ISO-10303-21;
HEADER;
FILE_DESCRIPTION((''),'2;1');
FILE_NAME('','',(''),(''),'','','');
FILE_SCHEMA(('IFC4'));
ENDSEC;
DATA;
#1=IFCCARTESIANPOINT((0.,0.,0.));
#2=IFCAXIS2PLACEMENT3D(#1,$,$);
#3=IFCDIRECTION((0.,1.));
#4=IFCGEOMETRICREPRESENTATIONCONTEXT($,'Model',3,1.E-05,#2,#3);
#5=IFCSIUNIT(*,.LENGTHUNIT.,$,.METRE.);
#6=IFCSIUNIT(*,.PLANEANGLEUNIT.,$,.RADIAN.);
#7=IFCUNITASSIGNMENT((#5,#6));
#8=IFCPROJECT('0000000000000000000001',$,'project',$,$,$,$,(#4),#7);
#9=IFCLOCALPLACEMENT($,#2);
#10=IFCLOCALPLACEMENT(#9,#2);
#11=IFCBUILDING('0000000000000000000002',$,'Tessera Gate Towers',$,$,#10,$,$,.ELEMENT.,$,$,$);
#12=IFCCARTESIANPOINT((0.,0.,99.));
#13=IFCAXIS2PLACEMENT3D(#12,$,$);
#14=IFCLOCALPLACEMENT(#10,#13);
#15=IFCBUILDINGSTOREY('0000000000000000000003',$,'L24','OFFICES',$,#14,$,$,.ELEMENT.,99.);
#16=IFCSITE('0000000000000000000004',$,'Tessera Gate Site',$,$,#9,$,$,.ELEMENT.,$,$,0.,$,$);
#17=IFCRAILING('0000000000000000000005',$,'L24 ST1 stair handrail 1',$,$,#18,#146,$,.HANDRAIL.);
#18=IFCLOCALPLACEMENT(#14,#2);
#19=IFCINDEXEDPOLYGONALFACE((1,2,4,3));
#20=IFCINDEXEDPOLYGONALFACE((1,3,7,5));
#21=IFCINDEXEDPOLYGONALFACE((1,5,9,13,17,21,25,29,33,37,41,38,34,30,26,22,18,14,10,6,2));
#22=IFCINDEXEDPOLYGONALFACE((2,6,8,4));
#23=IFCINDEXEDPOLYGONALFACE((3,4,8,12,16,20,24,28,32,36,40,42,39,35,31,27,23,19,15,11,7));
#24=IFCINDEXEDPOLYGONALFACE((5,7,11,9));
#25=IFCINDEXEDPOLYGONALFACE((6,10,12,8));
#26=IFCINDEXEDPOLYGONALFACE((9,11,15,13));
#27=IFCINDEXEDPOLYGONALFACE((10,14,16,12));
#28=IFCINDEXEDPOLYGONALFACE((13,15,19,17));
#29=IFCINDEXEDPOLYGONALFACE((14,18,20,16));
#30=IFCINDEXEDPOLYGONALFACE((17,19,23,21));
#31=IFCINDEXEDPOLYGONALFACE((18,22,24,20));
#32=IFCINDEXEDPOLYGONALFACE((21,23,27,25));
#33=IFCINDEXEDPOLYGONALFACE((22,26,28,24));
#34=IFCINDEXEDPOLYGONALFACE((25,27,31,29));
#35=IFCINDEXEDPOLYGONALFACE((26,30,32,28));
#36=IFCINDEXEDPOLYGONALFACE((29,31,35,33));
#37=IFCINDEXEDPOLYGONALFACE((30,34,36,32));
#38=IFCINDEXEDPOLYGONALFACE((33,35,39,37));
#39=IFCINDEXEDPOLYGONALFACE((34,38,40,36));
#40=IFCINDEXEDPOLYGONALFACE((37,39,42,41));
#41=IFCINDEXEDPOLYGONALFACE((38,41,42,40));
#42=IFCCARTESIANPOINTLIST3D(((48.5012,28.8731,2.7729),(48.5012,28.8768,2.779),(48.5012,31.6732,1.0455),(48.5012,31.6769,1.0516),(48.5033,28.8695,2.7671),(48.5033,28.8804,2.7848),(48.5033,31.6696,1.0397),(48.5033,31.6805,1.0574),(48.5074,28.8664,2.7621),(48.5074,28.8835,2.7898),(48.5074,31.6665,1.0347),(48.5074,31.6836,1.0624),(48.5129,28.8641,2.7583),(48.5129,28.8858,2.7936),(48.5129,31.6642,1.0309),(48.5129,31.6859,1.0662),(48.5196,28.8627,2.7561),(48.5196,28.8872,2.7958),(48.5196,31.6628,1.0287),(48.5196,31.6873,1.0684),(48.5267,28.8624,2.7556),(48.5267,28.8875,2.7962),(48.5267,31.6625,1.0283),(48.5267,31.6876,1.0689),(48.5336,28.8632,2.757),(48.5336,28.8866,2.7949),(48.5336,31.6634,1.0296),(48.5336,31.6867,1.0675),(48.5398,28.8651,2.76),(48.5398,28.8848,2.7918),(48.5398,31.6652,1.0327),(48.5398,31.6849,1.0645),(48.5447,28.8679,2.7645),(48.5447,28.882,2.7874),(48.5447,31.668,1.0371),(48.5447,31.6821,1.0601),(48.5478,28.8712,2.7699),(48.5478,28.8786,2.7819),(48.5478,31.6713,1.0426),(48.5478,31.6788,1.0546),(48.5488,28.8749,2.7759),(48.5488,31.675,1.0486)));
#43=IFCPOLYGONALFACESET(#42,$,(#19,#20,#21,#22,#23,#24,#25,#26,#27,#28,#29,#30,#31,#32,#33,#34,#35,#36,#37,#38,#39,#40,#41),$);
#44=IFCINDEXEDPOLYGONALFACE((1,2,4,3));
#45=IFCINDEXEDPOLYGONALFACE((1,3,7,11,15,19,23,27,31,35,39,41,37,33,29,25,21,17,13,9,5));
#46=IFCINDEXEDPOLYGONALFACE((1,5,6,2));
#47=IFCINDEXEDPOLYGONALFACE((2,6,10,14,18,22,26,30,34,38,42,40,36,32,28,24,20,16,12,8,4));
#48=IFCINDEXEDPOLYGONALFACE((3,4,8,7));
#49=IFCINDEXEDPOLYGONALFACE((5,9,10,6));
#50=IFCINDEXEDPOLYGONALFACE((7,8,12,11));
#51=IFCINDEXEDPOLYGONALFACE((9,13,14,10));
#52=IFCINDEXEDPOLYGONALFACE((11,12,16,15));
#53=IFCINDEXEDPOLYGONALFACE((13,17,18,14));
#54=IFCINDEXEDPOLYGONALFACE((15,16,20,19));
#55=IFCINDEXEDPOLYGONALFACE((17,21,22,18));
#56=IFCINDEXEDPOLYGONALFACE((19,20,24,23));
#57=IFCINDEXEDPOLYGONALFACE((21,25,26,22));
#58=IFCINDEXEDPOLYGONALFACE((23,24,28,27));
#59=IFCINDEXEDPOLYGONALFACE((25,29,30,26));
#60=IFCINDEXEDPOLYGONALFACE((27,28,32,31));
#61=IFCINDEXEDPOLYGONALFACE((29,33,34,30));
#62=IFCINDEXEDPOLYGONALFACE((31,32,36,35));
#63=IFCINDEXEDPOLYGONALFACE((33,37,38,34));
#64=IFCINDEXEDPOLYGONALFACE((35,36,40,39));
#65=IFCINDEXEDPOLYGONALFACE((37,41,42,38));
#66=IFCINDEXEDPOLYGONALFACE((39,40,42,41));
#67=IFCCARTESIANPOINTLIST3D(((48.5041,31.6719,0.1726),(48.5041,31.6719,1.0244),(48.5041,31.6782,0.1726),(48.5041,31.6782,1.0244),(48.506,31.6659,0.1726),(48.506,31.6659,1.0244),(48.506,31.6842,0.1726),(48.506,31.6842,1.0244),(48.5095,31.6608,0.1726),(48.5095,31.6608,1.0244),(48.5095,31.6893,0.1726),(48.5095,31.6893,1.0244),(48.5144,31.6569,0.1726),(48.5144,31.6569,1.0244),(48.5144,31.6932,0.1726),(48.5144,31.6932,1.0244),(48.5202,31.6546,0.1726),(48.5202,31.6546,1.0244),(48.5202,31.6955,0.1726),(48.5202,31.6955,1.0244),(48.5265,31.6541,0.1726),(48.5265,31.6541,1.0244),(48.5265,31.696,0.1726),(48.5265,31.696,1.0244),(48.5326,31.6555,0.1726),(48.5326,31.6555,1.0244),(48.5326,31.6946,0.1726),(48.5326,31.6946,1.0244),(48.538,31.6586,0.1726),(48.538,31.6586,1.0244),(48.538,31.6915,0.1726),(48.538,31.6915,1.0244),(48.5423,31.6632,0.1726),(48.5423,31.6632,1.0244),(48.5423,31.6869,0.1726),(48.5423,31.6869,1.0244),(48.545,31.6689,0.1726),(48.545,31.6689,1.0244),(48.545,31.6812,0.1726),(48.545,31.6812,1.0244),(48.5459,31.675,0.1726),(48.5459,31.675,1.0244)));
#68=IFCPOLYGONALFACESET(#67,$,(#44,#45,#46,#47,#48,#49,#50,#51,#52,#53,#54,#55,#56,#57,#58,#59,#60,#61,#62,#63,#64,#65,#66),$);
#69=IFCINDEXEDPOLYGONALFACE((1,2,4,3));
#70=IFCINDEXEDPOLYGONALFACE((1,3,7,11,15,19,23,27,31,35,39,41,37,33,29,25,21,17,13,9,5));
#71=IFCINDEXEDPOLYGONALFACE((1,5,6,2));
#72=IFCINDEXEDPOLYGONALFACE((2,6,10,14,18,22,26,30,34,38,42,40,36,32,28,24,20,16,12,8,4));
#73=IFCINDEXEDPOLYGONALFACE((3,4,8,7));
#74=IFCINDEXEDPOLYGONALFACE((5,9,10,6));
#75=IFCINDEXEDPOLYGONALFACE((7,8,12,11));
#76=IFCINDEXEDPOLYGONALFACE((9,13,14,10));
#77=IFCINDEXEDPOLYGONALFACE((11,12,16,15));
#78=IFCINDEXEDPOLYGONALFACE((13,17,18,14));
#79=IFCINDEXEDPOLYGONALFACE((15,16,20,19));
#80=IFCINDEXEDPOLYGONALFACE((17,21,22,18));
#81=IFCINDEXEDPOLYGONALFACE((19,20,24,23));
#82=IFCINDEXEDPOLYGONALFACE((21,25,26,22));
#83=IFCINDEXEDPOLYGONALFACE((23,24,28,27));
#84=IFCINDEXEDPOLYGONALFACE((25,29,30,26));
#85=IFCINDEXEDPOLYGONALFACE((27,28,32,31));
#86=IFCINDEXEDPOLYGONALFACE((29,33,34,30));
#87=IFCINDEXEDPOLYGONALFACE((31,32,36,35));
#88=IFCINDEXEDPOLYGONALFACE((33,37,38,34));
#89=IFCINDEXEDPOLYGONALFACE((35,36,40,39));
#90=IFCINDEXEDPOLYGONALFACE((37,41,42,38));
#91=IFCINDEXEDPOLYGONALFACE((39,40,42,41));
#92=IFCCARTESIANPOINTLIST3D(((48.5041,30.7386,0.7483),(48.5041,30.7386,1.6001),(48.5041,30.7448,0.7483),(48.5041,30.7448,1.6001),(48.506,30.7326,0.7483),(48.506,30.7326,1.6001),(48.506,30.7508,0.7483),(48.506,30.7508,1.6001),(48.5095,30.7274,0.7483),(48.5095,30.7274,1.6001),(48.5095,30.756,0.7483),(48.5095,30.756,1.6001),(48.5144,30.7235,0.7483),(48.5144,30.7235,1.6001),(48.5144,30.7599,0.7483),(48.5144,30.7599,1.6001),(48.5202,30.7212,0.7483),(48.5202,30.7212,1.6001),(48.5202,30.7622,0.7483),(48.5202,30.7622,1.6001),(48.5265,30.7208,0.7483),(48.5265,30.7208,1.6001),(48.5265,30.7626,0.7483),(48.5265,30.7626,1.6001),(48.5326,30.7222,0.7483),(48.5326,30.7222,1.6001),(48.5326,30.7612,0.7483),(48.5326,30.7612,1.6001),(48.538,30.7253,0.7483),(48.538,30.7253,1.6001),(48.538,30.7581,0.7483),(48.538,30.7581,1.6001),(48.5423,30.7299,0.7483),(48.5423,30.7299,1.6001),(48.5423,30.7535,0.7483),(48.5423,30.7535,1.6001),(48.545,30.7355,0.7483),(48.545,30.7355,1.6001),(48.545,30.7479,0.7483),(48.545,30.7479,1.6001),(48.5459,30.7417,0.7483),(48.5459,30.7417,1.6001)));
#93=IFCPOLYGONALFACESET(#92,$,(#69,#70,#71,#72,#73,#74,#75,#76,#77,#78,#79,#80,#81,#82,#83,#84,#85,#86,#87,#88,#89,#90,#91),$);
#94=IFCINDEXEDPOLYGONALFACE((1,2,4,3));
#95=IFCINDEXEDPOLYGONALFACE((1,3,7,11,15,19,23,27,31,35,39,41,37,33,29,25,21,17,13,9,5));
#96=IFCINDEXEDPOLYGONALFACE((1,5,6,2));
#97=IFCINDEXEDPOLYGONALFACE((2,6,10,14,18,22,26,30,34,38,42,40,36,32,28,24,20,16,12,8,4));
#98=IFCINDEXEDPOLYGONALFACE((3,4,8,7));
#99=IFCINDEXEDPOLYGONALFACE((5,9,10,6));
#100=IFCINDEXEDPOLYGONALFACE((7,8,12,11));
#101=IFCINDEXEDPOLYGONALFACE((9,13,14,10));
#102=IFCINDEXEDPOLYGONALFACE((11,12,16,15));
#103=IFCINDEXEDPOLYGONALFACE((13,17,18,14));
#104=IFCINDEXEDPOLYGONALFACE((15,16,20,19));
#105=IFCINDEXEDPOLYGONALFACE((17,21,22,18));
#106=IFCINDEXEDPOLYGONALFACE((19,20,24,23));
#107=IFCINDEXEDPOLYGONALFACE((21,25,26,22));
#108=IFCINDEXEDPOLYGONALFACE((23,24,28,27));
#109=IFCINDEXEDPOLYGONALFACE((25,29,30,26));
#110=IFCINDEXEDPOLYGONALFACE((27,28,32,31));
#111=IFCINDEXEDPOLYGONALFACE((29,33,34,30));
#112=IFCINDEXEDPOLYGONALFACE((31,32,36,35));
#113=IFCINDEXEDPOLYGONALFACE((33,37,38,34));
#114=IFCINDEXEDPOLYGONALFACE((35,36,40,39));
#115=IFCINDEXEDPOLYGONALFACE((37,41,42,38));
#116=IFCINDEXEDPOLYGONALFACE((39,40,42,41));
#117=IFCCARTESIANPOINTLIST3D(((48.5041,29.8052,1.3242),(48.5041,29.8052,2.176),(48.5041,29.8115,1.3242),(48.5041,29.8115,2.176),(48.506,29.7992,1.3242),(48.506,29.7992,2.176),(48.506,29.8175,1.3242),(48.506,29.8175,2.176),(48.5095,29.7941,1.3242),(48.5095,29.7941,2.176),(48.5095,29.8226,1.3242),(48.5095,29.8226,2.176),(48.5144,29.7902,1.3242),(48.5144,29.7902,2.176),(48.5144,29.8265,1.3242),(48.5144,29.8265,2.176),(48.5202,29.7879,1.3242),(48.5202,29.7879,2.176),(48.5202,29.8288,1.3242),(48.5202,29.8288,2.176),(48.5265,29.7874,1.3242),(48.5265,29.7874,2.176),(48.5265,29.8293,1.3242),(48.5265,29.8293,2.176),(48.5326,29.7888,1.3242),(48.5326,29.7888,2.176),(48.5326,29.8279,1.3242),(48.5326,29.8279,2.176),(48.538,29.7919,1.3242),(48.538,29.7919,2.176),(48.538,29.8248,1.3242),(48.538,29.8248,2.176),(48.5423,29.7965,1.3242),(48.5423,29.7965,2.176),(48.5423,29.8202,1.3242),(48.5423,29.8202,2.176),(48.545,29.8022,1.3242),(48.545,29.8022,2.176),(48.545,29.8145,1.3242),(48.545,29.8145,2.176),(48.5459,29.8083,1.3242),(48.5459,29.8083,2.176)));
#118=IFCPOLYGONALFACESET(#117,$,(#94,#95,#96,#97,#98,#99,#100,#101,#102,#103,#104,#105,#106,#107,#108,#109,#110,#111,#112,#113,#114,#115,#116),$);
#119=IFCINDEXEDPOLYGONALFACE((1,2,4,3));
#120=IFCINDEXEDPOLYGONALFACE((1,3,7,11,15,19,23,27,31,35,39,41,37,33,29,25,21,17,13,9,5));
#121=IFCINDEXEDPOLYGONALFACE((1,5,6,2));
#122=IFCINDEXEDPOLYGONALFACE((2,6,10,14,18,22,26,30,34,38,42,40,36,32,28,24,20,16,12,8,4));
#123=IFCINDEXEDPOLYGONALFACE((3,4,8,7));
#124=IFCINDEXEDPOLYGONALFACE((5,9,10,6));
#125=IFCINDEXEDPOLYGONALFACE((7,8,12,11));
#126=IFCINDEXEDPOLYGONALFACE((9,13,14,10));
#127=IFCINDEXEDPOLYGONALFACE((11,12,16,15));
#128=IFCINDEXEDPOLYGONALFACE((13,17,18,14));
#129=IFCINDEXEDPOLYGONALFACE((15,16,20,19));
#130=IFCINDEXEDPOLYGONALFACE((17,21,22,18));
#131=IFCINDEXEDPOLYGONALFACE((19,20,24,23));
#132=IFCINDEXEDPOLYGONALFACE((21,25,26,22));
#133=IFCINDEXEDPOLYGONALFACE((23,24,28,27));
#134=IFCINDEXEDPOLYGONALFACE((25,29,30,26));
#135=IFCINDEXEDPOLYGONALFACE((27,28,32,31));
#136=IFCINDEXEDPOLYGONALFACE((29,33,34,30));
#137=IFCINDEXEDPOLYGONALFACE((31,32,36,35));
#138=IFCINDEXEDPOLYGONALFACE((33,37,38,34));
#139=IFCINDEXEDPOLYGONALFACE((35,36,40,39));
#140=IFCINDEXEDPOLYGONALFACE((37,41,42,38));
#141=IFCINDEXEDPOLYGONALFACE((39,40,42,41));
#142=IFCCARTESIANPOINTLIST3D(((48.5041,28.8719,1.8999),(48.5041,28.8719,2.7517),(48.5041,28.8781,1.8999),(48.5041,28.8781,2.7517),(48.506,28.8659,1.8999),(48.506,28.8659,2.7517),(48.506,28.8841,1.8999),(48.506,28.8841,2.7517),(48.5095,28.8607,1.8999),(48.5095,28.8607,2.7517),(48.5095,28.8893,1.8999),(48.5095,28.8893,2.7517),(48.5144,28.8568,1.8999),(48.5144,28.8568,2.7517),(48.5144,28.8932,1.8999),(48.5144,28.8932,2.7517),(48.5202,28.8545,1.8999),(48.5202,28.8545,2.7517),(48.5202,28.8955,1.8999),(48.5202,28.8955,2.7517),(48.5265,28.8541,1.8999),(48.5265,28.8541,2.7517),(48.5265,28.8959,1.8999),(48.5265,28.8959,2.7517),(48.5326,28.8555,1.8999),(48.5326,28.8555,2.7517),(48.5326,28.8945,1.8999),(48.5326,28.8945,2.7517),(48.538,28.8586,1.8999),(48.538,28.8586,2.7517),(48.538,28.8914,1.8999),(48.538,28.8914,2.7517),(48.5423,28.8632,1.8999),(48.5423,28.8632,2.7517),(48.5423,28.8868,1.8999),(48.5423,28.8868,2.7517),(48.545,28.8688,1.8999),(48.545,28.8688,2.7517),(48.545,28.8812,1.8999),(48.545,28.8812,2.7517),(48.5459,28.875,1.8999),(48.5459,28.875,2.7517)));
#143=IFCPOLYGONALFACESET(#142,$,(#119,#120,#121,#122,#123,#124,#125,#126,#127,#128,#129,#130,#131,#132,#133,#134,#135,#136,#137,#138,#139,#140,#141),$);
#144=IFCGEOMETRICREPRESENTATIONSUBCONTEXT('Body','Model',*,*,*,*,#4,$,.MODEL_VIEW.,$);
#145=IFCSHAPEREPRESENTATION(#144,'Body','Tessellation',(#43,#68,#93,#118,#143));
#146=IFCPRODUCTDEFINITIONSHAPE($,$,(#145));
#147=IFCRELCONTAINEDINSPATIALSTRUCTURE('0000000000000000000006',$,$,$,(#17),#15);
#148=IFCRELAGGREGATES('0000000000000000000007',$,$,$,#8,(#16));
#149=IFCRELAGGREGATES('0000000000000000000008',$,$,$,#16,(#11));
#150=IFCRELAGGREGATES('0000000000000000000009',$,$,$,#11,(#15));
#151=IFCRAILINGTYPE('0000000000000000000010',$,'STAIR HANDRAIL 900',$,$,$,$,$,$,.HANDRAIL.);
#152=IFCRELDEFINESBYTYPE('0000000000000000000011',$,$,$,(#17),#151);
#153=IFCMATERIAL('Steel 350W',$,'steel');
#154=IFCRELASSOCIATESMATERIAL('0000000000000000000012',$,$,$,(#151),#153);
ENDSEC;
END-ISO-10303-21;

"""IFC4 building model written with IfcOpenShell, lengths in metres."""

from ifc_helpers import new_model, si_unit, direction, frame, origin, origin_2d, place, context, subcontext, project, spatial, circle, extrude, material, type_object, element, save


model = new_model("IFC4")

# Units and contexts
model_context = context("Model", 3, precision=1e-05, world=origin(), true_north=direction((0.0, 1.0)))
body_context = subcontext(model_context, "Body", "Model", "MODEL_VIEW")
ifc_project = project(units=[si_unit("LENGTHUNIT", "METRE"), si_unit("PLANEANGLEUNIT", "RADIAN")], contexts=[model_context])

# Site, building, storey
site_placement = place(None, origin())
site = spatial("IfcSite", under=ifc_project, at=site_placement, Name="Tessera Gate Site", CompositionType="ELEMENT", RefElevation=0.0)
building_placement = place(site_placement, origin())
building = spatial("IfcBuilding", under=site, at=building_placement, Name="Tessera Gate Towers", CompositionType="ELEMENT")
storey_placement = place(building_placement, frame((0.0, 0.0, 99.0)))
storey = spatial("IfcBuildingStorey", under=building, at=storey_placement, Name="L24", Description="OFFICES", CompositionType="ELEMENT", Elevation=99.0)

# Railing
ifc_material_1 = material(Name="Steel 350W", Category="steel")
railing_type = type_object("IfcRailingType", Name="STAIR HANDRAIL 900", PredefinedType="HANDRAIL", material=ifc_material_1)
railing_placement = place(storey_placement, frame((48.5249, 31.675, 0.1726)))
element("IfcRailing", 1, at=railing_placement, inside=storey, type_object=railing_type, Name="L24 ST1 stair handrail 1", PredefinedType="HANDRAIL", context=body_context, shape_type="SweptSolid", body=[
    extrude(circle(Radius=0.0239, at=origin_2d()), frame((0.0, 0.0, 0.876), z_axis=(0.0, -0.85109, 0.52502), x_axis=(1.0, 0.0, 0.0)), (0.0, 0.0, 1.0), 3.29),
    extrude(circle(Radius=0.021, at=origin_2d()), origin(), (0.0, 0.0, 1.0), 0.8518),
    extrude(circle(Radius=0.021, at=origin_2d()), frame((0.0, -0.9333, 0.5757)), (0.0, 0.0, 1.0), 0.8518),
    extrude(circle(Radius=0.021, at=origin_2d()), frame((0.0, -1.8667, 1.1516)), (0.0, 0.0, 1.0), 0.8518),
    extrude(circle(Radius=0.021, at=origin_2d()), frame((0.0, -2.8, 1.7273)), (0.0, 0.0, 1.0), 0.8518),
])

save(model, "model.ifc")
